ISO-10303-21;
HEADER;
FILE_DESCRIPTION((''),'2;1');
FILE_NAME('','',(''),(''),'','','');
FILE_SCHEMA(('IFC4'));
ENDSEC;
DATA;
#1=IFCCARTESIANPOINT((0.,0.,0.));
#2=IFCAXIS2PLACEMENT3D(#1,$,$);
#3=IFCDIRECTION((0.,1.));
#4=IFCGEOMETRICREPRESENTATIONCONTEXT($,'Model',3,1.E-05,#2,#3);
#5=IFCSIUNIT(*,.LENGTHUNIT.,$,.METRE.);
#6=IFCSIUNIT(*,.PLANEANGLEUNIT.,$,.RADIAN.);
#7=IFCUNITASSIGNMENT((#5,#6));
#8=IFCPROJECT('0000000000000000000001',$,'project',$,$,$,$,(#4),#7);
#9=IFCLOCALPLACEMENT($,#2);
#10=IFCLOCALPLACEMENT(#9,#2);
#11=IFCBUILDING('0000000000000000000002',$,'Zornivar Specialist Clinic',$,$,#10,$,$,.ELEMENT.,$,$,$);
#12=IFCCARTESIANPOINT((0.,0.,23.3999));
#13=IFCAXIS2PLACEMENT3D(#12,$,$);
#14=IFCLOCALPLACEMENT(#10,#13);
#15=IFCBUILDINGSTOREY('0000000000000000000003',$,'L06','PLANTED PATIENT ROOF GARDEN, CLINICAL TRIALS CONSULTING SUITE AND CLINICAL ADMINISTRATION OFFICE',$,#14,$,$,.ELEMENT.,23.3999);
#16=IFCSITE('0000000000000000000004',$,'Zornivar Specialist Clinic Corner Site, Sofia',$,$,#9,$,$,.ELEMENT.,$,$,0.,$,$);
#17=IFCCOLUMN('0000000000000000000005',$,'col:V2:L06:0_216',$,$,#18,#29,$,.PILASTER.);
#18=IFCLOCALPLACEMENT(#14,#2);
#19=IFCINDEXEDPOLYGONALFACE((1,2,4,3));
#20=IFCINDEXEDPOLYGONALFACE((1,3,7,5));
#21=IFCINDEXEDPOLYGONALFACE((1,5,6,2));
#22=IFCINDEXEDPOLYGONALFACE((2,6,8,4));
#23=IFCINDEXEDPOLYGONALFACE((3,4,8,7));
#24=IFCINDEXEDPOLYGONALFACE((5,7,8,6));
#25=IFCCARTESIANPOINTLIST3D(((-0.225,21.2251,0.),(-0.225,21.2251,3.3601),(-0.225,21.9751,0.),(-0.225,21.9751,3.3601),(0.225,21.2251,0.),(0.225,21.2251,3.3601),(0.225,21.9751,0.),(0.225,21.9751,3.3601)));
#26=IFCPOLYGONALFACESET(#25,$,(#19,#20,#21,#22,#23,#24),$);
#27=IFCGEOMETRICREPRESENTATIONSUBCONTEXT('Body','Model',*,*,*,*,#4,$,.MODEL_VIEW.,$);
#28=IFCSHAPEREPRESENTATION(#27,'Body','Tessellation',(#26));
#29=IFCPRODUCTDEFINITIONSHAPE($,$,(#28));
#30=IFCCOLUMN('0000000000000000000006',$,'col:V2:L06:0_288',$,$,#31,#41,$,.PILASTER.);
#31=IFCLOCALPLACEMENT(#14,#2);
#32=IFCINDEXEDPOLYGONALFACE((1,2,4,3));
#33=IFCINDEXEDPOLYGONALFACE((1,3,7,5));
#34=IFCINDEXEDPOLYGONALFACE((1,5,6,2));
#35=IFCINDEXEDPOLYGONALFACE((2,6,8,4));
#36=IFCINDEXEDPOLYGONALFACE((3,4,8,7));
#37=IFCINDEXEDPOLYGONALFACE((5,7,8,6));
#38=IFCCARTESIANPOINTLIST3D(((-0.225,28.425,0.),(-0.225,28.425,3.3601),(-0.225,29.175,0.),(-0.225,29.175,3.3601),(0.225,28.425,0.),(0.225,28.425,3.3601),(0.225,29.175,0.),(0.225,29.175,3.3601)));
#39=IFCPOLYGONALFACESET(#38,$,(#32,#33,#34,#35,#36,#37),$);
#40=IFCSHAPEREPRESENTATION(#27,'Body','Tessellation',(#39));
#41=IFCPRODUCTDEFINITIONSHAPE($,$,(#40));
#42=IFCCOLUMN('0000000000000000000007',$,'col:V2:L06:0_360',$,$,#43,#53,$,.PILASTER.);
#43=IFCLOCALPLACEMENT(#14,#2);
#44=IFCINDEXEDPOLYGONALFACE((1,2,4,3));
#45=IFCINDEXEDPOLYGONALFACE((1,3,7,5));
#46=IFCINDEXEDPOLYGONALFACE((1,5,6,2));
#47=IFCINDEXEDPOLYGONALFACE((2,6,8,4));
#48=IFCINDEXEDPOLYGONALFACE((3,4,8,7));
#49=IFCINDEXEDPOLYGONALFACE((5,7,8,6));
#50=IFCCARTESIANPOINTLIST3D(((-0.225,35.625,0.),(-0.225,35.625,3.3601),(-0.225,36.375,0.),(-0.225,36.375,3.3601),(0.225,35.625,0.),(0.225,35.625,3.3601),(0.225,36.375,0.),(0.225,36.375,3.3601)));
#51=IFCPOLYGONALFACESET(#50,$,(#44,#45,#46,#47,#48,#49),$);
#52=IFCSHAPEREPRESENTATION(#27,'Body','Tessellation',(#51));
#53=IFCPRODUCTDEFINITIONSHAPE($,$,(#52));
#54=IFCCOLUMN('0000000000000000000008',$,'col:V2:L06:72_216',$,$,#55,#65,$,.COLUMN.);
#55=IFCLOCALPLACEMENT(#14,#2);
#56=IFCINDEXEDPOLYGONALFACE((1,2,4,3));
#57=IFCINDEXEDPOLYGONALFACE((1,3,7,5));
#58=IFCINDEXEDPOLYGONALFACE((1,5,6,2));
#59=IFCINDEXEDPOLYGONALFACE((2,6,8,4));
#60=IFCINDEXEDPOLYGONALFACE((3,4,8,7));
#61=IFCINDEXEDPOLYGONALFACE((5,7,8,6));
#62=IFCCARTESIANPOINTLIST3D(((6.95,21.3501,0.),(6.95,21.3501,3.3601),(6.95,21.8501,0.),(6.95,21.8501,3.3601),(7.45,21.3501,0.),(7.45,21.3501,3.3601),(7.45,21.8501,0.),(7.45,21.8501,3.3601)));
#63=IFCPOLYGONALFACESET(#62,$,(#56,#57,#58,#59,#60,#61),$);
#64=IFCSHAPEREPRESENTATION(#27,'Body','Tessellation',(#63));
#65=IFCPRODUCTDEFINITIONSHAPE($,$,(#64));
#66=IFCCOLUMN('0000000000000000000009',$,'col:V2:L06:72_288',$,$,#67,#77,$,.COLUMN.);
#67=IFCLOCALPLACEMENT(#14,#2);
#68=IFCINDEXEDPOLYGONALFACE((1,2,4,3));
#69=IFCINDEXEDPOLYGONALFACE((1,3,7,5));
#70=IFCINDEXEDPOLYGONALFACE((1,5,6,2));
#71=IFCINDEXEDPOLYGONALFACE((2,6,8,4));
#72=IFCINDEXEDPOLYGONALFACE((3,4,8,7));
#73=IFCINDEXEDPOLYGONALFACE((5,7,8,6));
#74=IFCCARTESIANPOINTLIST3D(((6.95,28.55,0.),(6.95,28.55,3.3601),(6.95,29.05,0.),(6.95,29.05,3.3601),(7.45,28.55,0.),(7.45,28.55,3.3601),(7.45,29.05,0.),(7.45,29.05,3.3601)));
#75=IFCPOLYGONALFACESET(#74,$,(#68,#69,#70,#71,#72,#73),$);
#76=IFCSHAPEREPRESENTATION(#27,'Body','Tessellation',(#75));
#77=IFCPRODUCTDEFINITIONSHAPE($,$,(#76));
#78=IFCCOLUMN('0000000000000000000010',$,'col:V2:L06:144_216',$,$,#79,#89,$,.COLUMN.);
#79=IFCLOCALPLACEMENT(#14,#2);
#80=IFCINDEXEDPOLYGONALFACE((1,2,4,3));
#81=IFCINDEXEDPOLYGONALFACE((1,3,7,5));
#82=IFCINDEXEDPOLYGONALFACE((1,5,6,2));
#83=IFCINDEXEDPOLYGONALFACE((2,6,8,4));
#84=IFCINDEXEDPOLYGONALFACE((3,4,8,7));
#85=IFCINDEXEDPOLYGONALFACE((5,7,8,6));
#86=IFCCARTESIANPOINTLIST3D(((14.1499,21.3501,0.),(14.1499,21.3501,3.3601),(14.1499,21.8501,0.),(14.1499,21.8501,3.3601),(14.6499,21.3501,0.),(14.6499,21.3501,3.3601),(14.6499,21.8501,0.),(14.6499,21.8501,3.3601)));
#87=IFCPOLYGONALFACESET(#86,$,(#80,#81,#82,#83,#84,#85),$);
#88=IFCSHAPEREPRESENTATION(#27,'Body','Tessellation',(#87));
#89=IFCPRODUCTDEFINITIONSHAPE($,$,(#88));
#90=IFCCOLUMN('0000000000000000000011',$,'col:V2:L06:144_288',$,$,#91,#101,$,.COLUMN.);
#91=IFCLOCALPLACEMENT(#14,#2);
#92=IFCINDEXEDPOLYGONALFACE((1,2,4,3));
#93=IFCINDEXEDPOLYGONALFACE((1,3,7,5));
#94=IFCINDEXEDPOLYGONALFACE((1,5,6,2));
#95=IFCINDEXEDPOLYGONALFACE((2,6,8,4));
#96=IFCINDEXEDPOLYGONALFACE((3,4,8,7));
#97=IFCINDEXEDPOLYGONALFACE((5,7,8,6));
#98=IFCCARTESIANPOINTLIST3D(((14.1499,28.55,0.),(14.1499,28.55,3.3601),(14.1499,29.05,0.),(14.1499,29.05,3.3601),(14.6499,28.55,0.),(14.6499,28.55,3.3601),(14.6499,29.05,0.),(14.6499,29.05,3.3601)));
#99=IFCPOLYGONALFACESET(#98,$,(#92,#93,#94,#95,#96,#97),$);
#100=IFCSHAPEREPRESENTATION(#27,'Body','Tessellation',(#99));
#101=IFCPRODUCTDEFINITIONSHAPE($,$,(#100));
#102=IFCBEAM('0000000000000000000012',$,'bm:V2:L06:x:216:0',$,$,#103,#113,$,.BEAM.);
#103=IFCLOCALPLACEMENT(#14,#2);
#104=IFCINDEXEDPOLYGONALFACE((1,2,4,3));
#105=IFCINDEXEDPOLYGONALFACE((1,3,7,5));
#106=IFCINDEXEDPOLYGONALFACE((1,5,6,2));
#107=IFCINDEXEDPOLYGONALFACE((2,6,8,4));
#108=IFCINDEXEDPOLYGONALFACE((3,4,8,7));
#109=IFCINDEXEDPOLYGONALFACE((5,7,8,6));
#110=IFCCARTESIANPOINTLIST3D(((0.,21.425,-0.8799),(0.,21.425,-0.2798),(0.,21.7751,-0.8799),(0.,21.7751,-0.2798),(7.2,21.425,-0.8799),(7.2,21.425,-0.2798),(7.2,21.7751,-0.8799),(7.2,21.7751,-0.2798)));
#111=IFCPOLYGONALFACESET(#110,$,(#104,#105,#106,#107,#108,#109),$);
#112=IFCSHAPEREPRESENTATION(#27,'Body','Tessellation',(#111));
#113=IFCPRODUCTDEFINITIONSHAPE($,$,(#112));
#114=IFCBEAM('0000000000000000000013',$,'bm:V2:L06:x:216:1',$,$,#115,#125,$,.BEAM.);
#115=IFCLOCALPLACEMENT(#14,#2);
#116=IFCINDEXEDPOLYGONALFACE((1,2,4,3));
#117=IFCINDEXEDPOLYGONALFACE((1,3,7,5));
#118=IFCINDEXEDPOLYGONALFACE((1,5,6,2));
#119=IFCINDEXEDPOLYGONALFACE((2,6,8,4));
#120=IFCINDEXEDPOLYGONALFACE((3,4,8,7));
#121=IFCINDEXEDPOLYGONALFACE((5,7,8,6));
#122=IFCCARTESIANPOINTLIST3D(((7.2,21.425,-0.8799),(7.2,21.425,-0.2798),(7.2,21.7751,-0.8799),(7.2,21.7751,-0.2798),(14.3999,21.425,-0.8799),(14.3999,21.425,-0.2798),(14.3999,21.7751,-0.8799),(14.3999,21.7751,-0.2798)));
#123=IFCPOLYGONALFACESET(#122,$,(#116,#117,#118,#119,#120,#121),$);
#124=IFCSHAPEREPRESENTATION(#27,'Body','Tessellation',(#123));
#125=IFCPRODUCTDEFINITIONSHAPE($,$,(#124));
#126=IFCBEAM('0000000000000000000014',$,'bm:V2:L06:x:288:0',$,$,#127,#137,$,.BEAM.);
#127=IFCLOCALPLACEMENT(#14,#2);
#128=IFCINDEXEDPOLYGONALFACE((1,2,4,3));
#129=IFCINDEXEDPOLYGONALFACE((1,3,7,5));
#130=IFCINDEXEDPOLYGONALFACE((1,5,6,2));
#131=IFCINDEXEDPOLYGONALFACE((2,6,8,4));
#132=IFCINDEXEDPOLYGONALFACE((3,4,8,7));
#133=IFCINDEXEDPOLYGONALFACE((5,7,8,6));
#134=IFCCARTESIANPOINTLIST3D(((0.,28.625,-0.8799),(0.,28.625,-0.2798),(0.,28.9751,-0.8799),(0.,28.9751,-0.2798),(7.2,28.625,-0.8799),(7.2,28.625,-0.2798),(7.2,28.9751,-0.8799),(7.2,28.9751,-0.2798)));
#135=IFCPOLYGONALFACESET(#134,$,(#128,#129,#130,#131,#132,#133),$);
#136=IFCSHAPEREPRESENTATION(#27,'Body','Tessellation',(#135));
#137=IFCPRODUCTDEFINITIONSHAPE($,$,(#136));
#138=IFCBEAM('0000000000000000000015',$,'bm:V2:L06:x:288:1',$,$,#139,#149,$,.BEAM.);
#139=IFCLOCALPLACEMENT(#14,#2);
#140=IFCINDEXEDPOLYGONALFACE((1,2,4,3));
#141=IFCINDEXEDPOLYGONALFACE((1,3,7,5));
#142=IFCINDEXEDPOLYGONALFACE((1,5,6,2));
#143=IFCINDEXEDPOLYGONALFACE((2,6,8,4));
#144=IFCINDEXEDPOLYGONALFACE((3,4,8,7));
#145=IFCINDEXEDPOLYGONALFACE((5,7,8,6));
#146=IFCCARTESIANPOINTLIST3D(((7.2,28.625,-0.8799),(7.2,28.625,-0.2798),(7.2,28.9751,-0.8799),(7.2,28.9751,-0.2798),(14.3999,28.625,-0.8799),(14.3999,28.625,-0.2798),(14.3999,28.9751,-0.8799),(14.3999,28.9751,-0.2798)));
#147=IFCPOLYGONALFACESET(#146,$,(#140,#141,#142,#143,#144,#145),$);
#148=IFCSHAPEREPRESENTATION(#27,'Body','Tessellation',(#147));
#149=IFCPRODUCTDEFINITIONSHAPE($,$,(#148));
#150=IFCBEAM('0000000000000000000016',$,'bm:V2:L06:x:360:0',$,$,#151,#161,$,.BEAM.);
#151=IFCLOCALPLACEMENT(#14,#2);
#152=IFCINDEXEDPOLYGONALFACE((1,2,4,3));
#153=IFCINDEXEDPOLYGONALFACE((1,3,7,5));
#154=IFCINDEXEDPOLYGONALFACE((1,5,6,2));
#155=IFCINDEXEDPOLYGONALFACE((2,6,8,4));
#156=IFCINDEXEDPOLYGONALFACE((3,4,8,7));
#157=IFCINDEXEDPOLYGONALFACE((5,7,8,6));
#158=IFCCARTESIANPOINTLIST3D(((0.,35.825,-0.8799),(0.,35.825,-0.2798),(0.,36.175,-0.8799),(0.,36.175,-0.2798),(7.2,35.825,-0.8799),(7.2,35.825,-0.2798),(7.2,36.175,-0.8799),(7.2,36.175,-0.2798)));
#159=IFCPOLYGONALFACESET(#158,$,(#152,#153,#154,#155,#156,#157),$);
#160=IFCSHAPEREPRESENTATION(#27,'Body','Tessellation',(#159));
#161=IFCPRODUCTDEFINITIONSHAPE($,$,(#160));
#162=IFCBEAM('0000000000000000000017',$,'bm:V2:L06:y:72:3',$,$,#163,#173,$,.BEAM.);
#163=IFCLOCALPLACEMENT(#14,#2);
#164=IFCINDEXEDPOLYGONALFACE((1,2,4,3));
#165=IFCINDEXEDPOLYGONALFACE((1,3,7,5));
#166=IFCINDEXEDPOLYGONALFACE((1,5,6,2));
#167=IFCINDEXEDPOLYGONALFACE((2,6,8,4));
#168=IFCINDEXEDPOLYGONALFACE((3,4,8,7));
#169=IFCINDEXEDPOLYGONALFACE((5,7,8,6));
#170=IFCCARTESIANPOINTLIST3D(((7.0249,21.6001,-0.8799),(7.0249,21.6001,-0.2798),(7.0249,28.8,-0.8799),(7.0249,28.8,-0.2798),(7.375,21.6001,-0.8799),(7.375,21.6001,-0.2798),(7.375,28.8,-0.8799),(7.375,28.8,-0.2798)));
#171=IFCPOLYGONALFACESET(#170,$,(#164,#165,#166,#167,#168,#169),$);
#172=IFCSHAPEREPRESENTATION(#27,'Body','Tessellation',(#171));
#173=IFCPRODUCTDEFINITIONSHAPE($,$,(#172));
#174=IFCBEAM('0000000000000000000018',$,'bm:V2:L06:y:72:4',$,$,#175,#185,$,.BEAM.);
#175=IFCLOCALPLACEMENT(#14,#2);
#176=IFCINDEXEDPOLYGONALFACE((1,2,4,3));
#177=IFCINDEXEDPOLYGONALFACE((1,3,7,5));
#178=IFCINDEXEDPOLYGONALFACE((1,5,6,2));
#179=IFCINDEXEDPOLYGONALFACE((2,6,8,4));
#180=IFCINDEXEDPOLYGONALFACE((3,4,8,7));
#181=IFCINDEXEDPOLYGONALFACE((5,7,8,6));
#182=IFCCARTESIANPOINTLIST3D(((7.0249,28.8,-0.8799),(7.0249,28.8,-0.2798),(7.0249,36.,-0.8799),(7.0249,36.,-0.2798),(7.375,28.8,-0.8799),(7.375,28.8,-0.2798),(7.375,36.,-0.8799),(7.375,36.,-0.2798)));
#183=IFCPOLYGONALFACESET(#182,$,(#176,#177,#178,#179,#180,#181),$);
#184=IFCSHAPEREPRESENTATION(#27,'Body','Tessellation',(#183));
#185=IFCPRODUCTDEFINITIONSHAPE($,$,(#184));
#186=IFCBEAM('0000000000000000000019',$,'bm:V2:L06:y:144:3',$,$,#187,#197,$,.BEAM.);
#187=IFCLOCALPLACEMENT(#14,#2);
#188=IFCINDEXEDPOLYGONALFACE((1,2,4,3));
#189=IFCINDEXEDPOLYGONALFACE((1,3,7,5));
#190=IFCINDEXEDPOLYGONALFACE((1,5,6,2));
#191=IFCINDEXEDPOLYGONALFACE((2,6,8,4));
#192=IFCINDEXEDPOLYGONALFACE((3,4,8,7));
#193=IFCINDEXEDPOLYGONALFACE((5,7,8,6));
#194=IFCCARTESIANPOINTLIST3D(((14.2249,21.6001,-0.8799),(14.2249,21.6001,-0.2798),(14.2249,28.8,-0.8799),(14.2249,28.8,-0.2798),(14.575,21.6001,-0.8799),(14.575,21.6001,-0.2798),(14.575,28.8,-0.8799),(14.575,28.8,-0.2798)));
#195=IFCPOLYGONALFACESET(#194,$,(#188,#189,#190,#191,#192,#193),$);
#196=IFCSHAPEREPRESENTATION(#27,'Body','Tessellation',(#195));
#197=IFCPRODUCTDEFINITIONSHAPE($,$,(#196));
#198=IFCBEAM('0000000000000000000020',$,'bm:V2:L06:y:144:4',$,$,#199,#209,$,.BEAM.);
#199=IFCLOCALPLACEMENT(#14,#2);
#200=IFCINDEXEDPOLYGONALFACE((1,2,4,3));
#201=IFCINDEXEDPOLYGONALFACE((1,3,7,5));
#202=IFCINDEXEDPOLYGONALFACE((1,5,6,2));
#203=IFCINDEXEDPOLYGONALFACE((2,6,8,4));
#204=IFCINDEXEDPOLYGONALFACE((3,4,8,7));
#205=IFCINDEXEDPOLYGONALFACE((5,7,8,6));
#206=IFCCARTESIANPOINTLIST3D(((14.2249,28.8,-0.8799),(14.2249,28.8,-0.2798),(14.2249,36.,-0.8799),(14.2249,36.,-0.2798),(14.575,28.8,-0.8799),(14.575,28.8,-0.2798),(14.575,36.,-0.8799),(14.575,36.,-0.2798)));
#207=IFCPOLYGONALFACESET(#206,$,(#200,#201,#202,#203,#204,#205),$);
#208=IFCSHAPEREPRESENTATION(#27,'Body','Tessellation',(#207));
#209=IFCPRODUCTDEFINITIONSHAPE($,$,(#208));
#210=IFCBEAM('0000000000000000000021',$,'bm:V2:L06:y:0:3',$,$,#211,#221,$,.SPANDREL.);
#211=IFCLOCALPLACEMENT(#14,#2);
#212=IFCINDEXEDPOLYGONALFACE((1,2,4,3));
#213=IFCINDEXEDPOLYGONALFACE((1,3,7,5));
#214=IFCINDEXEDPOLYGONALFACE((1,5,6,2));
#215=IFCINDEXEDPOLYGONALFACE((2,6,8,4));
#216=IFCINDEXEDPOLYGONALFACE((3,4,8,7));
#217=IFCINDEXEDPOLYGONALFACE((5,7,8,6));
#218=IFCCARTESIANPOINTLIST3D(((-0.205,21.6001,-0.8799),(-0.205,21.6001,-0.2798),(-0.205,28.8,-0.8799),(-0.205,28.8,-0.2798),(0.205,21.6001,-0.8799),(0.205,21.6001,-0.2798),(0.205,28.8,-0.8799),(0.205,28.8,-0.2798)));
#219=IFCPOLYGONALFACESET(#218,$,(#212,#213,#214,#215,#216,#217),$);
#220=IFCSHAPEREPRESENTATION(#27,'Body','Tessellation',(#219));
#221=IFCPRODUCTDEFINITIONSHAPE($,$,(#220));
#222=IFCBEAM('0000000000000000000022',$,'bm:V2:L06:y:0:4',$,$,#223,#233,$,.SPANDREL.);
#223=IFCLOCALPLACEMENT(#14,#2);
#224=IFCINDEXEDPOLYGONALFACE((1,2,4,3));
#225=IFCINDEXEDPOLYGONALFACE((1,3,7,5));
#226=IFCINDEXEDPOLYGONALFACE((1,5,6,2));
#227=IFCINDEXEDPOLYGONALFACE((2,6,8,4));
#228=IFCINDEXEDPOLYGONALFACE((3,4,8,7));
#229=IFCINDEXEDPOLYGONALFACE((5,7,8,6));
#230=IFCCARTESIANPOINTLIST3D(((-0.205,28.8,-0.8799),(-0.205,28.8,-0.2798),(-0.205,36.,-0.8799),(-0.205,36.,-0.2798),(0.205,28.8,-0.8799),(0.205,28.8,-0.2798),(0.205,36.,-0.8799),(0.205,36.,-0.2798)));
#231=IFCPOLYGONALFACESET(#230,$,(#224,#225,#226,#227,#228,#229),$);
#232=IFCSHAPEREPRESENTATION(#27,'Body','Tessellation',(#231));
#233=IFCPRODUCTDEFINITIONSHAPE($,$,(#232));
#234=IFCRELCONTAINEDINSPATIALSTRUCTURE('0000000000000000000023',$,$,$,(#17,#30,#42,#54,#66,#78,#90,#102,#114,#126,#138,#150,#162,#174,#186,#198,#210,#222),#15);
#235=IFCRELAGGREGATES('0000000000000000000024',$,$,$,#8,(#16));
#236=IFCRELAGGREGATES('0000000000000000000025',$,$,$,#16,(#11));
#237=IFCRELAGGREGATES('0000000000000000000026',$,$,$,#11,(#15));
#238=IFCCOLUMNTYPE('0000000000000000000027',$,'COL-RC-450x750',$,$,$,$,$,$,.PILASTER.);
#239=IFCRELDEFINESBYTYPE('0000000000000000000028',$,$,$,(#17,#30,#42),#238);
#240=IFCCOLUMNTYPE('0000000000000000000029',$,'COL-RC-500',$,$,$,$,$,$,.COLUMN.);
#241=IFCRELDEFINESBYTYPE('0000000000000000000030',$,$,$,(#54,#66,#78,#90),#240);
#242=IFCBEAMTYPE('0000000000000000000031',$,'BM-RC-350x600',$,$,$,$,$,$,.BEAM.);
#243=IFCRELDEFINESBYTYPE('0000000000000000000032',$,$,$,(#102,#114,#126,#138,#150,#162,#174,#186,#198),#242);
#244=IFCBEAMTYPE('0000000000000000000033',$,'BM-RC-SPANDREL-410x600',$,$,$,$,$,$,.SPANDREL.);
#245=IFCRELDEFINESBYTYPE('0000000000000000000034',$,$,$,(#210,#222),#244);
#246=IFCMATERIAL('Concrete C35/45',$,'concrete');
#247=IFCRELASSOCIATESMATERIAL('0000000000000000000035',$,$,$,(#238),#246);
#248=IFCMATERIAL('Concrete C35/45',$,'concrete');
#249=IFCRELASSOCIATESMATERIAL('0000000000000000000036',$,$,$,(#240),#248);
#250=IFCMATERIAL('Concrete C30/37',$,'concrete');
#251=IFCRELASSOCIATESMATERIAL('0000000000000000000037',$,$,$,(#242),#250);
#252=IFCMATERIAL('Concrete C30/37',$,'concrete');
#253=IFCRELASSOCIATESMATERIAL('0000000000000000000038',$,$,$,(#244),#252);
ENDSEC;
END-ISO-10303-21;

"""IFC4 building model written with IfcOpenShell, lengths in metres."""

from ifc_helpers import new_model, si_unit, direction, frame, origin, origin_2d, place, context, subcontext, project, spatial, rectangle, extrude, material, material_profile, profile_set, type_object, element, save


model = new_model("IFC4")

# Units and contexts
model_context = context("Model", 3, precision=1e-05, world=origin(), true_north=direction((0.0, 1.0)))
body_context = subcontext(model_context, "Body", "Model", "MODEL_VIEW")
ifc_project = project(units=[si_unit("LENGTHUNIT", "METRE"), si_unit("PLANEANGLEUNIT", "RADIAN")], contexts=[model_context])

# Site, building, storey
site_placement = place(None, origin())
site = spatial("IfcSite", under=ifc_project, at=site_placement, Name="Zornivar Specialist Clinic Corner Site, Sofia", CompositionType="ELEMENT", RefElevation=0.0)
building_placement = place(site_placement, origin())
building = spatial("IfcBuilding", under=site, at=building_placement, Name="Zornivar Specialist Clinic", CompositionType="ELEMENT")
storey_placement = place(building_placement, frame((0.0, 0.0, 23.3999)))
storey = spatial("IfcBuildingStorey", under=building, at=storey_placement, Name="L06", Description="PLANTED PATIENT ROOF GARDEN, CLINICAL TRIALS CONSULTING SUITE AND CLINICAL ADMINISTRATION OFFICE", CompositionType="ELEMENT", Elevation=23.3999)

# Columns
ifc_material_1 = material(Name="Concrete C35/45", Category="concrete")
ifc_material_profile_1 = material_profile(ifc_material_1, rectangle(XDim=0.45, YDim=0.75, at=origin_2d()), Name="RC 450x750")
ifc_profile_set_1 = profile_set([ifc_material_profile_1], Name="Concrete C35/45")
column_type_1 = type_object("IfcColumnType", Name="COL-RC-450x750", PredefinedType="PILASTER", material=ifc_profile_set_1)
for number, where, z_axis, x_axis, name in (
    (1, (0.0, 21.6001, 0.0), (0.0, 0.0, 1.0), (1.0, 0.0, 0.0), "col:V2:L06:0_216"),
    (2, (0.0, 28.8, 0.0), (0.0, 0.0, 1.0), (1.0, 0.0, 0.0), "col:V2:L06:0_288"),
    (3, (0.0, 36.0, 0.0), (0.0, 0.0, 1.0), (1.0, 0.0, 0.0), "col:V2:L06:0_360"),
):
    element("IfcColumn", number, at=place(storey_placement, frame(where, z_axis=z_axis, x_axis=x_axis)), inside=storey, type_object=column_type_1, Name=name, PredefinedType="PILASTER", context=body_context, shape_type="SweptSolid", body=[
        extrude(rectangle(XDim=0.45, YDim=0.75, at=origin_2d()), origin(), (0.0, 0.0, 1.0), 3.3601),
    ])
ifc_material_2 = material(Name="Concrete C35/45", Category="concrete")
ifc_material_profile_2 = material_profile(ifc_material_2, rectangle(XDim=0.5, YDim=0.5, at=origin_2d()), Name="RC 500x500")
ifc_profile_set_2 = profile_set([ifc_material_profile_2], Name="Concrete C35/45")
column_type_2 = type_object("IfcColumnType", Name="COL-RC-500", PredefinedType="COLUMN", material=ifc_profile_set_2)
for number, where, z_axis, x_axis, name in (
    (4, (7.2, 21.6001, 0.0), (0.0, 0.0, 1.0), (1.0, 0.0, 0.0), "col:V2:L06:72_216"),
    (5, (7.2, 28.8, 0.0), (0.0, 0.0, 1.0), (1.0, 0.0, 0.0), "col:V2:L06:72_288"),
    (6, (14.3999, 21.6001, 0.0), (0.0, 0.0, 1.0), (1.0, 0.0, 0.0), "col:V2:L06:144_216"),
    (7, (14.3999, 28.8, 0.0), (0.0, 0.0, 1.0), (1.0, 0.0, 0.0), "col:V2:L06:144_288"),
):
    element("IfcColumn", number, at=place(storey_placement, frame(where, z_axis=z_axis, x_axis=x_axis)), inside=storey, type_object=column_type_2, Name=name, PredefinedType="COLUMN", context=body_context, shape_type="SweptSolid", body=[
        extrude(rectangle(XDim=0.5, YDim=0.5, at=origin_2d()), origin(), (0.0, 0.0, 1.0), 3.3601),
    ])

# Beams
ifc_material_3 = material(Name="Concrete C30/37", Category="concrete")
ifc_material_profile_3 = material_profile(ifc_material_3, rectangle(XDim=0.3501, YDim=0.6001, at=origin_2d()), Name="RC 350x600")
ifc_profile_set_3 = profile_set([ifc_material_profile_3], Name="Concrete C30/37")
beam_type_1 = type_object("IfcBeamType", Name="BM-RC-350x600", PredefinedType="BEAM", material=ifc_profile_set_3)
for number, where, z_axis, x_axis, name in (
    (8, (0.0, 21.6001, -0.5798), (1.0, 0.0, 0.0), (0.0, 1.0, 0.0), "bm:V2:L06:x:216:0"),
    (9, (7.2, 21.6001, -0.5798), (1.0, 0.0, 0.0), (0.0, 1.0, 0.0), "bm:V2:L06:x:216:1"),
    (10, (0.0, 28.8, -0.5798), (1.0, 0.0, 0.0), (0.0, 1.0, 0.0), "bm:V2:L06:x:288:0"),
    (11, (7.2, 28.8, -0.5798), (1.0, 0.0, 0.0), (0.0, 1.0, 0.0), "bm:V2:L06:x:288:1"),
    (12, (0.0, 36.0, -0.5798), (1.0, 0.0, 0.0), (0.0, 1.0, 0.0), "bm:V2:L06:x:360:0"),
    (13, (7.2, 21.6001, -0.5798), (0.0, 1.0, 0.0), (-1.0, 0.0, 0.0), "bm:V2:L06:y:72:3"),
    (14, (7.2, 28.8, -0.5798), (0.0, 1.0, 0.0), (-1.0, 0.0, 0.0), "bm:V2:L06:y:72:4"),
    (15, (14.3999, 21.6001, -0.5798), (0.0, 1.0, 0.0), (-1.0, 0.0, 0.0), "bm:V2:L06:y:144:3"),
    (16, (14.3999, 28.8, -0.5798), (0.0, 1.0, 0.0), (-1.0, 0.0, 0.0), "bm:V2:L06:y:144:4"),
):
    element("IfcBeam", number, at=place(storey_placement, frame(where, z_axis=z_axis, x_axis=x_axis)), inside=storey, type_object=beam_type_1, Name=name, PredefinedType="BEAM", context=body_context, shape_type="SweptSolid", body=[
        extrude(rectangle(XDim=0.3501, YDim=0.6001, at=origin_2d()), origin(), (0.0, 0.0, 1.0), 7.2),
    ])
ifc_material_4 = material(Name="Concrete C30/37", Category="concrete")
ifc_material_profile_4 = material_profile(ifc_material_4, rectangle(XDim=0.4099, YDim=0.6001, at=origin_2d()), Name="RC 410x600")
ifc_profile_set_4 = profile_set([ifc_material_profile_4], Name="Concrete C30/37")
beam_type_2 = type_object("IfcBeamType", Name="BM-RC-SPANDREL-410x600", PredefinedType="SPANDREL", material=ifc_profile_set_4)
for number, where, z_axis, x_axis, name in (
    (17, (0.0, 21.6001, -0.5798), (0.0, 1.0, 0.0), (-1.0, 0.0, 0.0), "bm:V2:L06:y:0:3"),
    (18, (0.0, 28.8, -0.5798), (0.0, 1.0, 0.0), (-1.0, 0.0, 0.0), "bm:V2:L06:y:0:4"),
):
    element("IfcBeam", number, at=place(storey_placement, frame(where, z_axis=z_axis, x_axis=x_axis)), inside=storey, type_object=beam_type_2, Name=name, PredefinedType="SPANDREL", context=body_context, shape_type="SweptSolid", body=[
        extrude(rectangle(XDim=0.4099, YDim=0.6001, at=origin_2d()), origin(), (0.0, 0.0, 1.0), 7.2),
    ])

save(model, "model.ifc")
